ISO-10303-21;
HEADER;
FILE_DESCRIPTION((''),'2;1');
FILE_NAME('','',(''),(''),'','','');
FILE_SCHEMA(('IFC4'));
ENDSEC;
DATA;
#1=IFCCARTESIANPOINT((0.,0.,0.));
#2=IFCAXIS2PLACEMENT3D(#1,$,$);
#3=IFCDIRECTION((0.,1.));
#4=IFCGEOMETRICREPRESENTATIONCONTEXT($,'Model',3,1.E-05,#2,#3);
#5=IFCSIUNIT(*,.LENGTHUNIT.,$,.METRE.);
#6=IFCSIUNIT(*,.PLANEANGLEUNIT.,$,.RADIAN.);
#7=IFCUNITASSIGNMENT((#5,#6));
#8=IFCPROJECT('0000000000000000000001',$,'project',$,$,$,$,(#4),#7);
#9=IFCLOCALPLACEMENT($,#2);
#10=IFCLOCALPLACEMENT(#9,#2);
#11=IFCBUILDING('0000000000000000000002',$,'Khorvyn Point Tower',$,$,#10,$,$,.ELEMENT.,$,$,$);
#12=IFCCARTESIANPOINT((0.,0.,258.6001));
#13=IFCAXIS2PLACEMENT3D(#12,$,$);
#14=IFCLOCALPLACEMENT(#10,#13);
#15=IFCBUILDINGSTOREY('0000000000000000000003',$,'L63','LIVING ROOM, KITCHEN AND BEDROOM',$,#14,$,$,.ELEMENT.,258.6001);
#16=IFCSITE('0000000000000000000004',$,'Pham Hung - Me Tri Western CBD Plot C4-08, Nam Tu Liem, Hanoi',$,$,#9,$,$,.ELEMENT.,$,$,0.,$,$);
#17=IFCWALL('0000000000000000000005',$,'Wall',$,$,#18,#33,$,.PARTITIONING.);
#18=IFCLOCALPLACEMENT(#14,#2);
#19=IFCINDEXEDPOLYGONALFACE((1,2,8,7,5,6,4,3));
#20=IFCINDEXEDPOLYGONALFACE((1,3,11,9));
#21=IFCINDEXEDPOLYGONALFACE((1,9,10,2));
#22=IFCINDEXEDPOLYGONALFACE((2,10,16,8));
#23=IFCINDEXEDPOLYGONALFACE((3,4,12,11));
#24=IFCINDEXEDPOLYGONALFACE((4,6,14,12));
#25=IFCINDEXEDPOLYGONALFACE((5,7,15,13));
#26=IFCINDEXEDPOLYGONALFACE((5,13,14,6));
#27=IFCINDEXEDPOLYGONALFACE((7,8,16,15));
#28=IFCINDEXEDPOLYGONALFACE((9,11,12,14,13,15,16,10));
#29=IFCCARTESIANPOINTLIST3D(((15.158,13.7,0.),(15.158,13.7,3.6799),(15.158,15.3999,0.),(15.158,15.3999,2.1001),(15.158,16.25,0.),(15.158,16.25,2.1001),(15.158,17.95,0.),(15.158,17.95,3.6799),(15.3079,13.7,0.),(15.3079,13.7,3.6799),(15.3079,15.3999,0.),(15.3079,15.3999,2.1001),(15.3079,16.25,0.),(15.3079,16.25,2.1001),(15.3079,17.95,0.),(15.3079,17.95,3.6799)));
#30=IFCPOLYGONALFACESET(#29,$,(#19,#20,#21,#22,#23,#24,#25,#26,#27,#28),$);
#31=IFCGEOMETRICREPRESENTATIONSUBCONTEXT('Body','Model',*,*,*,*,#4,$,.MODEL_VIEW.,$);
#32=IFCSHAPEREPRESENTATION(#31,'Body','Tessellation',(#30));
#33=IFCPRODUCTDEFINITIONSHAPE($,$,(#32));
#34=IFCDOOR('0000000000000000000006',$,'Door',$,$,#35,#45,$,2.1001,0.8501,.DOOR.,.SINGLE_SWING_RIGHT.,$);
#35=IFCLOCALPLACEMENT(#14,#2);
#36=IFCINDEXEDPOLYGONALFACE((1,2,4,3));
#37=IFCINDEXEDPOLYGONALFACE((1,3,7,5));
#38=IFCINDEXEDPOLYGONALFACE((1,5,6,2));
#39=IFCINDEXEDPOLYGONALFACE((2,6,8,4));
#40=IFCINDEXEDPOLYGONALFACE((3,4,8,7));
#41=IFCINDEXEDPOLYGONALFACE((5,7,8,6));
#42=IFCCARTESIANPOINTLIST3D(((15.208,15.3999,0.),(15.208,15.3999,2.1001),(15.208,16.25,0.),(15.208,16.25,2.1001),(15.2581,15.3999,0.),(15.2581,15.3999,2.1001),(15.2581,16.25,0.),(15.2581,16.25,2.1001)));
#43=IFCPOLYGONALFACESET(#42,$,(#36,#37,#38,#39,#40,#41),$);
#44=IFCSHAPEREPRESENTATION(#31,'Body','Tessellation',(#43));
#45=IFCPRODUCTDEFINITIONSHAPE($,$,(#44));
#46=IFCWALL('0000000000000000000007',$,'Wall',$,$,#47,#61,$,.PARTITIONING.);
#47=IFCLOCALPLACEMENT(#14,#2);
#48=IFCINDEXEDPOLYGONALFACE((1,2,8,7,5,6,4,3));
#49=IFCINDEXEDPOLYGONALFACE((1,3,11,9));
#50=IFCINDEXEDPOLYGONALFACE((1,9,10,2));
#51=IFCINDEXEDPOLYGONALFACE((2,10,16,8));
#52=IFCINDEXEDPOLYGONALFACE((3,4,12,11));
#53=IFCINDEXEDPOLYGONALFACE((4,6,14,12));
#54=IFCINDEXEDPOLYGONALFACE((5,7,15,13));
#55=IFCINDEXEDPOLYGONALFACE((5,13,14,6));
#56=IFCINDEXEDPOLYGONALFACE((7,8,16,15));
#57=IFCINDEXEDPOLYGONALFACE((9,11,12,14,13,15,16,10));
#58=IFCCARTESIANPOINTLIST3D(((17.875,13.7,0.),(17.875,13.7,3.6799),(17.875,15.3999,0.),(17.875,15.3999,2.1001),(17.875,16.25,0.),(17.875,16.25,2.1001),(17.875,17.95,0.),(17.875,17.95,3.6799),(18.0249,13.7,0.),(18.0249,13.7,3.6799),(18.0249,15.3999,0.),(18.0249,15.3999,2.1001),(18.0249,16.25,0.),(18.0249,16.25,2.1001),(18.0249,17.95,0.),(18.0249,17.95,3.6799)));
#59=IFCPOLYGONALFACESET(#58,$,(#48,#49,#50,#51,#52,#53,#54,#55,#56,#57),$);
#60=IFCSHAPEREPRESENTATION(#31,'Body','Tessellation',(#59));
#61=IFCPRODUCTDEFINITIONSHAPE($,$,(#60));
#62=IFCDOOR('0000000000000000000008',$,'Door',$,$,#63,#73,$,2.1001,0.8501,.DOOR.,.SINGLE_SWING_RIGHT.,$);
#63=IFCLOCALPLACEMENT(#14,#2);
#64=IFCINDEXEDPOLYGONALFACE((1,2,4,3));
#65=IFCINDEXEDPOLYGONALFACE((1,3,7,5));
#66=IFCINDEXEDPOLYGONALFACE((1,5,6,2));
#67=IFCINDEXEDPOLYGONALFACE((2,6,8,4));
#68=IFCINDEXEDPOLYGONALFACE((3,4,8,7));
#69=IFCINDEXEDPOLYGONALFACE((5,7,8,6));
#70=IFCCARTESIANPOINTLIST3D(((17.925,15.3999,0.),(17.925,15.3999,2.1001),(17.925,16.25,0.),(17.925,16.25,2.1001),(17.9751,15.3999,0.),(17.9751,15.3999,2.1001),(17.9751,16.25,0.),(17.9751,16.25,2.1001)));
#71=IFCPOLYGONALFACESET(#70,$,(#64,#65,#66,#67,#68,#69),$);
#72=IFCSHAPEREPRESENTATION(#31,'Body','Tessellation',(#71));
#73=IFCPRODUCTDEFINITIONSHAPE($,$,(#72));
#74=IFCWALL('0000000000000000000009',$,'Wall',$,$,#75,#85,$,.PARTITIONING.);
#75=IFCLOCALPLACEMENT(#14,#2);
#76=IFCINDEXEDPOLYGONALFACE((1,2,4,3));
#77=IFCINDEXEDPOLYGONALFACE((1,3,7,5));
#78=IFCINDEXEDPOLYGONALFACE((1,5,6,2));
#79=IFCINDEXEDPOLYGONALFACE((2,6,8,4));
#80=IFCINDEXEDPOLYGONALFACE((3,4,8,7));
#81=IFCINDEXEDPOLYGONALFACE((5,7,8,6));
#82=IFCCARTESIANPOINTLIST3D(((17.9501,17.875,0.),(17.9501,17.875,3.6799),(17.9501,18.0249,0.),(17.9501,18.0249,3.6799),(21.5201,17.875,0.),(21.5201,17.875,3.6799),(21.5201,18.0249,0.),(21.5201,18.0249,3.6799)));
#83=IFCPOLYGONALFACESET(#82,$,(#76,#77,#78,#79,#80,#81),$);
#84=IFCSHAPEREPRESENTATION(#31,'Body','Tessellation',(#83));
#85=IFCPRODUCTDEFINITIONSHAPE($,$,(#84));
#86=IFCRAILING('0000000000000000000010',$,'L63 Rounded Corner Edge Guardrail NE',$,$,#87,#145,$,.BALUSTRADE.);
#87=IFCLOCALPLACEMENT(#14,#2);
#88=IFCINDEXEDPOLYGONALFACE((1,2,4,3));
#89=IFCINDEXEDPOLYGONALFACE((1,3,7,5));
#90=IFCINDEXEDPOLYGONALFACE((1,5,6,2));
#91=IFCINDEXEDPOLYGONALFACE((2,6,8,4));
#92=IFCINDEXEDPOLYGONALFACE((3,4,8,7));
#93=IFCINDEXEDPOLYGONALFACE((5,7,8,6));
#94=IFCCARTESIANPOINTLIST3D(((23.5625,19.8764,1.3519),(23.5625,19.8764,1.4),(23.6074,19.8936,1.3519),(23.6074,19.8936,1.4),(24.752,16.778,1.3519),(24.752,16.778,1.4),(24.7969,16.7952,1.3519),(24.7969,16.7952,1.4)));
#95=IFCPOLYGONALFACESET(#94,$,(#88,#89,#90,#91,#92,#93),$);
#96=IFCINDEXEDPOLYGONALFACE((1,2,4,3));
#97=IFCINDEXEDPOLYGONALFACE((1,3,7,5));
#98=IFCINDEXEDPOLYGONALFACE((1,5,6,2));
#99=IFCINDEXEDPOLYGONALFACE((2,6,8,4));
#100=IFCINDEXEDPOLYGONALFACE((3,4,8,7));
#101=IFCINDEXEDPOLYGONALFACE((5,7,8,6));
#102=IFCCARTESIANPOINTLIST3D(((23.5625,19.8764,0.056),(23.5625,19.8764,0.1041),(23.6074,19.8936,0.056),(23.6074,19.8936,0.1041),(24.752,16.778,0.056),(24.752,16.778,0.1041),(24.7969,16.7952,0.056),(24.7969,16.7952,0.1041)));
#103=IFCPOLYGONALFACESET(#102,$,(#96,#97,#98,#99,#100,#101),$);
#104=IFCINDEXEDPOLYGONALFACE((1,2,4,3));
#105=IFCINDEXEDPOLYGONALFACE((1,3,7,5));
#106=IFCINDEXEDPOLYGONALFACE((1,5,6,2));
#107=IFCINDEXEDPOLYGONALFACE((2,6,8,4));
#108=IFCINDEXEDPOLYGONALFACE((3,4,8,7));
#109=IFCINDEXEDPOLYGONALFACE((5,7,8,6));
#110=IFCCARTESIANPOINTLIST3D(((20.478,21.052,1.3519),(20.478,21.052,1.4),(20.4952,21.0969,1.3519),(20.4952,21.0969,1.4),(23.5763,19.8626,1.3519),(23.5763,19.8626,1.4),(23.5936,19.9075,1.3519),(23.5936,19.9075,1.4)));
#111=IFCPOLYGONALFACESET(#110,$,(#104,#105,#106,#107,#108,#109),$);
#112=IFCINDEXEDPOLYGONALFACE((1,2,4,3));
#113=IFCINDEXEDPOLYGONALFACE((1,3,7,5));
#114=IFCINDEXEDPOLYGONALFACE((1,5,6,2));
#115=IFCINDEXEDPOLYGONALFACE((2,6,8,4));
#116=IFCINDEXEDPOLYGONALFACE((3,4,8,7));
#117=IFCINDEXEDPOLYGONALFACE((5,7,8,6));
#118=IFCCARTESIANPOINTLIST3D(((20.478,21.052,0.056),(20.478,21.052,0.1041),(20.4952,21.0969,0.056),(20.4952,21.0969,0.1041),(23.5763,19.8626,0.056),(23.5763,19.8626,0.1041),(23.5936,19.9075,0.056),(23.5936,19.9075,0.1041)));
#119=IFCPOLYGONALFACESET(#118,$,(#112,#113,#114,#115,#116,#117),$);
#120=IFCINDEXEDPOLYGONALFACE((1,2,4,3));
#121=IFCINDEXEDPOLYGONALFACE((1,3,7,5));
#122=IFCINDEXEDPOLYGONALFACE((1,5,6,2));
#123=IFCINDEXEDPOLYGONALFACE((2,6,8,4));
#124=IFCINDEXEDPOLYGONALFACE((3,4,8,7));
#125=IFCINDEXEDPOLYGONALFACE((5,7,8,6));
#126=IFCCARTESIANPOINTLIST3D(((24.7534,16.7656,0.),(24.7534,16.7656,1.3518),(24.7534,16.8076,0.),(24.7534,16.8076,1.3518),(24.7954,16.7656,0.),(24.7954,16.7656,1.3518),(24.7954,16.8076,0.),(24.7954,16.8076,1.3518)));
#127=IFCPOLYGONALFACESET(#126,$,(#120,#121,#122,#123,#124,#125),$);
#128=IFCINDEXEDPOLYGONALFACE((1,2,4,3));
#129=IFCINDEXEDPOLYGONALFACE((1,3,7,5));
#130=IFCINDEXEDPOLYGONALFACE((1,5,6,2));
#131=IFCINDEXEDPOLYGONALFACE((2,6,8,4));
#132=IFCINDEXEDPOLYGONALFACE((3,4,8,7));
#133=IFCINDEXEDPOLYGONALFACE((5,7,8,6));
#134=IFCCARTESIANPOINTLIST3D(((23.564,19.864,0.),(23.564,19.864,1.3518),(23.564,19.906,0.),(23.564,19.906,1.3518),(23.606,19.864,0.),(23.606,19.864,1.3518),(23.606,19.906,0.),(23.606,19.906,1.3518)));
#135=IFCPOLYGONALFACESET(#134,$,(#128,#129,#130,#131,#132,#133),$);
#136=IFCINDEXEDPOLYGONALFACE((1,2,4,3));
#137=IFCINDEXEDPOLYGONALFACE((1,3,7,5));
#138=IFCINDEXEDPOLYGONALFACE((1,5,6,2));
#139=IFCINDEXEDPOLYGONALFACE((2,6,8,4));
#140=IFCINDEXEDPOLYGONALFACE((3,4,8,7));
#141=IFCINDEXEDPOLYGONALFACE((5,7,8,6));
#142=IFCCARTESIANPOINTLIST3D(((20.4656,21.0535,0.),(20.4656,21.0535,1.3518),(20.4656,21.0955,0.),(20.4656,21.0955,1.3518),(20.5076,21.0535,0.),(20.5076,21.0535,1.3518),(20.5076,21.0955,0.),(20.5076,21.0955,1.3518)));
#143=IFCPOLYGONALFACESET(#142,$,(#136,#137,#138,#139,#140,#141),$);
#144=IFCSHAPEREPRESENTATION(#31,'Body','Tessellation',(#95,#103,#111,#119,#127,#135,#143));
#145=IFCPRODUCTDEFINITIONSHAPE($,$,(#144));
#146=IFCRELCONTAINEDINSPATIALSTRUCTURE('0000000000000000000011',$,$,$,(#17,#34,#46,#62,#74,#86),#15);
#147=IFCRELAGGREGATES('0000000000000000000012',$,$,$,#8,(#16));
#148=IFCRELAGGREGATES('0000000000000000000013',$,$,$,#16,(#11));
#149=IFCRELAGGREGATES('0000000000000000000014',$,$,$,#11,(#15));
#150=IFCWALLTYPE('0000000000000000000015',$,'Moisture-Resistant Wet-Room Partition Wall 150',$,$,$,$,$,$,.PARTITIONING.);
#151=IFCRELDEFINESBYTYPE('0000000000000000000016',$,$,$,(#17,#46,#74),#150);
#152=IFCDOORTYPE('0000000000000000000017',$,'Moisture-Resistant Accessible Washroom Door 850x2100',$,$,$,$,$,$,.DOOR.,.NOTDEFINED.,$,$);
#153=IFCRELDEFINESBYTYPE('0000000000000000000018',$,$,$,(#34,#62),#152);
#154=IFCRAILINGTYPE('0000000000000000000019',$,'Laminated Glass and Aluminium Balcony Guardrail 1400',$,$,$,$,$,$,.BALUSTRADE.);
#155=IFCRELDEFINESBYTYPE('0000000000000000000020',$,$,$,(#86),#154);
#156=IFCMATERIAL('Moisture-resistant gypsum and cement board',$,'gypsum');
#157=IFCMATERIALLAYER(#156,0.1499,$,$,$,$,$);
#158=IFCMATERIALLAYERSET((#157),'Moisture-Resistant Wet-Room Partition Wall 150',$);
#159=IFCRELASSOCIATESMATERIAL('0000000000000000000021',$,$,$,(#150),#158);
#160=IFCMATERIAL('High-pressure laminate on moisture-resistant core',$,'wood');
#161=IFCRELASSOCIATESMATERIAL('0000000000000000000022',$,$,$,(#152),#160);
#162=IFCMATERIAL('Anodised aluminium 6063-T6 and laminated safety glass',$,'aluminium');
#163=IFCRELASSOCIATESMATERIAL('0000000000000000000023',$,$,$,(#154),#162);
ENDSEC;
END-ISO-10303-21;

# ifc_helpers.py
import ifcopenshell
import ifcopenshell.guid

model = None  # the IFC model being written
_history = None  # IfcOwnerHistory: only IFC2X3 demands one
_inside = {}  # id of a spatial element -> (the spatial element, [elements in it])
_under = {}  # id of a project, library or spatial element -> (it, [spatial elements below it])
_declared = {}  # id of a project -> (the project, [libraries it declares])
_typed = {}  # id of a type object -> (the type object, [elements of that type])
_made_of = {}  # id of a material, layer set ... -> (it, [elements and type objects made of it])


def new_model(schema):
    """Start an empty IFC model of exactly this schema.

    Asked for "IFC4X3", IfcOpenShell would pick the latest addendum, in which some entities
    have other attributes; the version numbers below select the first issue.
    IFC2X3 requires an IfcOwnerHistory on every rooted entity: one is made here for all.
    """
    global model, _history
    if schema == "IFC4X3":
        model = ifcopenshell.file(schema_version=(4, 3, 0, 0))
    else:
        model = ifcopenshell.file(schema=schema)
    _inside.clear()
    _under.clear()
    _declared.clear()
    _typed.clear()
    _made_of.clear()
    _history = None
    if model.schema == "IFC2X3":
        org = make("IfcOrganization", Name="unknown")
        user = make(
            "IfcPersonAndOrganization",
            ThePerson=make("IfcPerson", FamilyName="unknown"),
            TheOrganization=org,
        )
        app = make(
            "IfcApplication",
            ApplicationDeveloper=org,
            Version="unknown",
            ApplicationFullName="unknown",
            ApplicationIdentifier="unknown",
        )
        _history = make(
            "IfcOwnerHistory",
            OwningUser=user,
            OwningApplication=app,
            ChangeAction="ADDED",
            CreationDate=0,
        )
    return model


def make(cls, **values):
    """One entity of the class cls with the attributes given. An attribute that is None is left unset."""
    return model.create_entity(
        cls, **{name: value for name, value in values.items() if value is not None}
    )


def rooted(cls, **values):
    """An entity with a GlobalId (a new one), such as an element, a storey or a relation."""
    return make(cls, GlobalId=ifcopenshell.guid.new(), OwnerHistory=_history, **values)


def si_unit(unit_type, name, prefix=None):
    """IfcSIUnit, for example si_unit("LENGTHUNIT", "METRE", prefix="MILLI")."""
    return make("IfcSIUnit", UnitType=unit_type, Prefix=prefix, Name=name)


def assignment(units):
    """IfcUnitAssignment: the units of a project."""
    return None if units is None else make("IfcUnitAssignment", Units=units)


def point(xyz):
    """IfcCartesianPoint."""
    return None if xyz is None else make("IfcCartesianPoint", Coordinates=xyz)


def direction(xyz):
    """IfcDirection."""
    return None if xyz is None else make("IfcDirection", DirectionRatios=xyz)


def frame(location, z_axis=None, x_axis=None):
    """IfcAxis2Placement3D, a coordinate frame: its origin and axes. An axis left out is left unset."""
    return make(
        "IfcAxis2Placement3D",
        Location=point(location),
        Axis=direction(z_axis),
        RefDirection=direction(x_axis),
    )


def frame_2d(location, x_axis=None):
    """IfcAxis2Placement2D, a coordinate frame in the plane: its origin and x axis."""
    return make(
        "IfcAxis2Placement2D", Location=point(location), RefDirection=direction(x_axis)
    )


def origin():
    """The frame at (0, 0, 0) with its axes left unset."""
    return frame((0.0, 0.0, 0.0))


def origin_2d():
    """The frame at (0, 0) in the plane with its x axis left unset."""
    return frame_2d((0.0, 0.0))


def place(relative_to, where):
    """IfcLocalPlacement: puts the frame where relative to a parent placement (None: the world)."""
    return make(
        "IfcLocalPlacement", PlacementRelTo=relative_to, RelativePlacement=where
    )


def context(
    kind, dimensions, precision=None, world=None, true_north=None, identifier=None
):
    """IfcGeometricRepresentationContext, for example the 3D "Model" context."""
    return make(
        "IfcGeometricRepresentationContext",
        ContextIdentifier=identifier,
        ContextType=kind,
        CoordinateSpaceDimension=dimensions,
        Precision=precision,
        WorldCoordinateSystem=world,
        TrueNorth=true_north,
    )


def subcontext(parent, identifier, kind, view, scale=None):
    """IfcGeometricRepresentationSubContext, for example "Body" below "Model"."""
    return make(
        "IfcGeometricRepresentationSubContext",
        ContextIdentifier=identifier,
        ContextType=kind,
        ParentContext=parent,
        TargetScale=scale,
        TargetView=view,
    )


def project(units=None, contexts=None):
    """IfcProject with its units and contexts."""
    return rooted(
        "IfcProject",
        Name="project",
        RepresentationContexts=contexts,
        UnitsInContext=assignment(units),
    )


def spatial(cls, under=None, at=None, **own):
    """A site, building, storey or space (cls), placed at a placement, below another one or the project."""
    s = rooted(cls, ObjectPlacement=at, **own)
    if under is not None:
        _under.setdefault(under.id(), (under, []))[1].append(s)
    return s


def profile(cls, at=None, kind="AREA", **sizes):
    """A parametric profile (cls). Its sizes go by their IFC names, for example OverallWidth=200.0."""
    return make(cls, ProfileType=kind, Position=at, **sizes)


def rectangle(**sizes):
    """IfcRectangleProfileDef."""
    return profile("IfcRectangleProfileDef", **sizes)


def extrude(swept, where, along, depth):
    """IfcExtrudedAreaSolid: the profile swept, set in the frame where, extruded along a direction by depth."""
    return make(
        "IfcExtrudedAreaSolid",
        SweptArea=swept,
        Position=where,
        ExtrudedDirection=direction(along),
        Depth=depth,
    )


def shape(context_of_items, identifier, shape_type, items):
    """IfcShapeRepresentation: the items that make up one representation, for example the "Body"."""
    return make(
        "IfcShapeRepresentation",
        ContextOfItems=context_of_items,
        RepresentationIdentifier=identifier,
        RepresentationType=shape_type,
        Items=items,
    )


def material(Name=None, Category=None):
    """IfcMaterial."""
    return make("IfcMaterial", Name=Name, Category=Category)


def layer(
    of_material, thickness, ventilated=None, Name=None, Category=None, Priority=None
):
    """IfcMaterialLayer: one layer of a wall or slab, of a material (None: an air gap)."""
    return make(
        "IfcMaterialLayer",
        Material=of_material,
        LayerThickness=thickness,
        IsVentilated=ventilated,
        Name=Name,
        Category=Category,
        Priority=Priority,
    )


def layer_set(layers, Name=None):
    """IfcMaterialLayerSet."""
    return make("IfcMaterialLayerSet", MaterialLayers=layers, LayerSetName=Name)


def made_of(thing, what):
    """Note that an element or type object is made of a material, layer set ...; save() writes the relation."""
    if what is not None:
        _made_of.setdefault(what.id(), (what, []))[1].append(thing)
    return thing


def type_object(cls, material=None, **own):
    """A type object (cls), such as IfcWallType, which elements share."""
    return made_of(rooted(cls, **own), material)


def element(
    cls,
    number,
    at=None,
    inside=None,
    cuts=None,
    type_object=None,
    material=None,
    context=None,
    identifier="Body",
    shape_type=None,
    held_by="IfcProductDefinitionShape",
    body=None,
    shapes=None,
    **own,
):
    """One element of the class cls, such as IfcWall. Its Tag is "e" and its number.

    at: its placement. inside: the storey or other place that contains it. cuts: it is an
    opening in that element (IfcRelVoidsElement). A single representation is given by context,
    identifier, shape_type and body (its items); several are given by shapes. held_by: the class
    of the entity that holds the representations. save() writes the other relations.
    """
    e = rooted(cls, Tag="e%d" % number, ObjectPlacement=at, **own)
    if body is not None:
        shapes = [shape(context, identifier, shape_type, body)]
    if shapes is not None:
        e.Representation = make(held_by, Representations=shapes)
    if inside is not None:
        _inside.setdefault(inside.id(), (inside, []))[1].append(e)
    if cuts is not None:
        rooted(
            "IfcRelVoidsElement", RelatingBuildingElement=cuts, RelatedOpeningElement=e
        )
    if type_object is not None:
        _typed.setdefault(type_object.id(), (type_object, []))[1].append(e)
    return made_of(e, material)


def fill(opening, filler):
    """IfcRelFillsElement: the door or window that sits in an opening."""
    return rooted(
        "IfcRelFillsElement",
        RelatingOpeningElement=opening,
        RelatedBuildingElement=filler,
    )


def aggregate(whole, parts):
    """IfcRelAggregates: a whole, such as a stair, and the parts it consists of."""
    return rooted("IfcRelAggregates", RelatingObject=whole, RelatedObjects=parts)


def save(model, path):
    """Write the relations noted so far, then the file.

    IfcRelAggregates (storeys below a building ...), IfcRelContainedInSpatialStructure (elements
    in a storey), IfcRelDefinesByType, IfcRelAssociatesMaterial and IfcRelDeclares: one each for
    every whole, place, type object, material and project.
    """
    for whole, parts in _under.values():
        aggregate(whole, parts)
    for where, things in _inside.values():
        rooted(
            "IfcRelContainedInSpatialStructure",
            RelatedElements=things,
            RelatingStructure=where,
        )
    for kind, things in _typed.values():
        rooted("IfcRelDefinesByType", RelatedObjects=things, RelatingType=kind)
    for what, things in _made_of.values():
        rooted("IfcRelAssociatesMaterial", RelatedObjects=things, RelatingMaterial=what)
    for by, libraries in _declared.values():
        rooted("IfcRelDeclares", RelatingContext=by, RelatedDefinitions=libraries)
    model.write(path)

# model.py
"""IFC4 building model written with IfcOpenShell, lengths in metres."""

from ifc_helpers import new_model, si_unit, direction, frame, frame_2d, origin, origin_2d, place, context, subcontext, project, spatial, rectangle, extrude, material, layer, layer_set, type_object, element, fill, save


model = new_model("IFC4")

# Units and contexts
model_context = context("Model", 3, precision=1e-05, world=origin(), true_north=direction((0.0, 1.0)))
body_context = subcontext(model_context, "Body", "Model", "MODEL_VIEW")
ifc_project = project(units=[si_unit("LENGTHUNIT", "METRE"), si_unit("PLANEANGLEUNIT", "RADIAN")], contexts=[model_context])

# Site, building, storey
site_placement = place(None, origin())
site = spatial("IfcSite", under=ifc_project, at=site_placement, Name="Pham Hung - Me Tri Western CBD Plot C4-08, Nam Tu Liem, Hanoi", CompositionType="ELEMENT", RefElevation=0.0)
building_placement = place(site_placement, origin())
building = spatial("IfcBuilding", under=site, at=building_placement, Name="Khorvyn Point Tower", CompositionType="ELEMENT")
storey_placement = place(building_placement, frame((0.0, 0.0, 258.6001)))
storey = spatial("IfcBuildingStorey", under=building, at=storey_placement, Name="L63", Description="LIVING ROOM, KITCHEN AND BEDROOM", CompositionType="ELEMENT", Elevation=258.6001)

# Walls, openings, doors
ifc_material_1 = material(Name="Moisture-resistant gypsum and cement board", Category="gypsum")
ifc_layer_1 = layer(ifc_material_1, 0.1499)
ifc_layer_set_1 = layer_set([ifc_layer_1], Name="Moisture-Resistant Wet-Room Partition Wall 150")
wall_type_1 = type_object("IfcWallType", Name="Moisture-Resistant Wet-Room Partition Wall 150", PredefinedType="PARTITIONING", material=ifc_layer_set_1)
wall_1_placement = place(storey_placement, frame((15.2329, 13.7, 0.0), z_axis=(0.0, 0.0, 1.0), x_axis=(0.0, 1.0, 0.0)))
wall_1 = element("IfcWall", 1, at=wall_1_placement, inside=storey, type_object=wall_type_1, Name="Wall", PredefinedType="PARTITIONING", context=body_context, shape_type="SweptSolid", body=[
    extrude(rectangle(XDim=4.25, YDim=0.1499, at=frame_2d((2.125, 0.0))), origin(), (0.0, 0.0, 1.0), 3.6799),
])
opening_1_placement = place(wall_1_placement, frame((1.7, 0.0, 0.0)))
opening_1 = element("IfcOpeningElement", 2, at=opening_1_placement, cuts=wall_1, PredefinedType="OPENING", context=body_context, shape_type="SweptSolid", body=[
    extrude(rectangle(XDim=0.8501, YDim=2.1001, at=frame_2d((0.425, 1.05))), frame((0.0, 0.085, 0.0), z_axis=(0.0, -1.0, 0.0), x_axis=(1.0, 0.0, 0.0)), (0.0, 0.0, 1.0), 0.1699),
])
ifc_material_2 = material(Name="High-pressure laminate on moisture-resistant core", Category="wood")
door_type_1 = type_object("IfcDoorType", Name="Moisture-Resistant Accessible Washroom Door 850x2100", OperationType="NOTDEFINED", PredefinedType="DOOR", material=ifc_material_2)
door_1_placement = place(opening_1_placement, origin())
door_1 = element("IfcDoor", 3, at=door_1_placement, inside=storey, type_object=door_type_1, Name="Door", OperationType="SINGLE_SWING_RIGHT", OverallHeight=2.1001, OverallWidth=0.8501, PredefinedType="DOOR", context=body_context, shape_type="SweptSolid", body=[
    extrude(rectangle(XDim=0.8501, YDim=2.1001, at=frame_2d((0.425, 1.05))), frame((0.0, 0.0249, 0.0), z_axis=(0.0, -1.0, 0.0), x_axis=(1.0, 0.0, 0.0)), (0.0, 0.0, 1.0), 0.05),
])
fill(opening_1, door_1)
wall_2_placement = place(storey_placement, frame((17.95, 13.7, 0.0), z_axis=(0.0, 0.0, 1.0), x_axis=(0.0, 1.0, 0.0)))
wall_2 = element("IfcWall", 4, at=wall_2_placement, inside=storey, type_object=wall_type_1, Name="Wall", PredefinedType="PARTITIONING", context=body_context, shape_type="SweptSolid", body=[
    extrude(rectangle(XDim=4.25, YDim=0.1499, at=frame_2d((2.125, 0.0))), origin(), (0.0, 0.0, 1.0), 3.6799),
])
opening_2_placement = place(wall_2_placement, frame((1.7, 0.0, 0.0)))
opening_2 = element("IfcOpeningElement", 5, at=opening_2_placement, cuts=wall_2, PredefinedType="OPENING", context=body_context, shape_type="SweptSolid", body=[
    extrude(rectangle(XDim=0.8501, YDim=2.1001, at=frame_2d((0.425, 1.05))), frame((0.0, 0.085, 0.0), z_axis=(0.0, -1.0, 0.0), x_axis=(1.0, 0.0, 0.0)), (0.0, 0.0, 1.0), 0.1699),
])
door_2_placement = place(opening_2_placement, origin())
door_2 = element("IfcDoor", 6, at=door_2_placement, inside=storey, type_object=door_type_1, Name="Door", OperationType="SINGLE_SWING_RIGHT", OverallHeight=2.1001, OverallWidth=0.8501, PredefinedType="DOOR", context=body_context, shape_type="SweptSolid", body=[
    extrude(rectangle(XDim=0.8501, YDim=2.1001, at=frame_2d((0.425, 1.05))), frame((0.0, 0.0249, 0.0), z_axis=(0.0, -1.0, 0.0), x_axis=(1.0, 0.0, 0.0)), (0.0, 0.0, 1.0), 0.05),
])
fill(opening_2, door_2)

# Wall
wall_3_placement = place(storey_placement, frame((17.95, 17.95, 0.0), z_axis=(0.0, 0.0, 1.0), x_axis=(1.0, 0.0, 0.0)))
element("IfcWall", 7, at=wall_3_placement, inside=storey, type_object=wall_type_1, Name="Wall", PredefinedType="PARTITIONING", context=body_context, shape_type="SweptSolid", body=[
    extrude(rectangle(XDim=3.5701, YDim=0.1499, at=frame_2d((1.7852, 0.0))), origin(), (0.0, 0.0, 1.0), 3.6799),
])

# Railing
ifc_material_3 = material(Name="Anodised aluminium 6063-T6 and laminated safety glass", Category="aluminium")
railing_type = type_object("IfcRailingType", Name="Laminated Glass and Aluminium Balcony Guardrail 1400", PredefinedType="BALUSTRADE", material=ifc_material_3)
railing_1_placement = place(storey_placement, frame((24.7744, 16.7866, 0.0)))
element("IfcRailing", 8, at=railing_1_placement, inside=storey, type_object=railing_type, Name="L63 Rounded Corner Edge Guardrail NE", PredefinedType="BALUSTRADE", context=body_context, shape_type="SweptSolid", body=[
    extrude(rectangle(XDim=0.0481, YDim=0.0481, at=origin_2d()), frame((0.0, 0.0, 1.376), z_axis=(-0.358392, 0.933571, 0.0), x_axis=(-0.933571, -0.358392, 0.0)), (0.0, 0.0, 1.0), 3.3188),
    extrude(rectangle(XDim=0.0481, YDim=0.0481, at=origin_2d()), frame((0.0, 0.0, 0.0801), z_axis=(-0.358392, 0.933571, 0.0), x_axis=(-0.933571, -0.358392, 0.0)), (0.0, 0.0, 1.0), 3.3188),
    extrude(rectangle(XDim=0.0481, YDim=0.0481, at=origin_2d()), frame((-1.1895, 3.0984, 1.376), z_axis=(-0.933571, 0.358392, 0.0), x_axis=(-0.358392, -0.933571, 0.0)), (0.0, 0.0, 1.0), 3.3188),
    extrude(rectangle(XDim=0.0481, YDim=0.0481, at=origin_2d()), frame((-1.1895, 3.0984, 0.0801), z_axis=(-0.933571, 0.358392, 0.0), x_axis=(-0.358392, -0.933571, 0.0)), (0.0, 0.0, 1.0), 3.3188),
    extrude(rectangle(XDim=0.042, YDim=0.042, at=origin_2d()), origin(), (0.0, 0.0, 1.0), 1.3518),
    extrude(rectangle(XDim=0.042, YDim=0.042, at=origin_2d()), frame((-1.1895, 3.0984, 0.0)), (0.0, 0.0, 1.0), 1.3518),
    extrude(rectangle(XDim=0.042, YDim=0.042, at=origin_2d()), frame((-4.2878, 4.2878, 0.0)), (0.0, 0.0, 1.0), 1.3518),
])

save(model, "model.ifc")
